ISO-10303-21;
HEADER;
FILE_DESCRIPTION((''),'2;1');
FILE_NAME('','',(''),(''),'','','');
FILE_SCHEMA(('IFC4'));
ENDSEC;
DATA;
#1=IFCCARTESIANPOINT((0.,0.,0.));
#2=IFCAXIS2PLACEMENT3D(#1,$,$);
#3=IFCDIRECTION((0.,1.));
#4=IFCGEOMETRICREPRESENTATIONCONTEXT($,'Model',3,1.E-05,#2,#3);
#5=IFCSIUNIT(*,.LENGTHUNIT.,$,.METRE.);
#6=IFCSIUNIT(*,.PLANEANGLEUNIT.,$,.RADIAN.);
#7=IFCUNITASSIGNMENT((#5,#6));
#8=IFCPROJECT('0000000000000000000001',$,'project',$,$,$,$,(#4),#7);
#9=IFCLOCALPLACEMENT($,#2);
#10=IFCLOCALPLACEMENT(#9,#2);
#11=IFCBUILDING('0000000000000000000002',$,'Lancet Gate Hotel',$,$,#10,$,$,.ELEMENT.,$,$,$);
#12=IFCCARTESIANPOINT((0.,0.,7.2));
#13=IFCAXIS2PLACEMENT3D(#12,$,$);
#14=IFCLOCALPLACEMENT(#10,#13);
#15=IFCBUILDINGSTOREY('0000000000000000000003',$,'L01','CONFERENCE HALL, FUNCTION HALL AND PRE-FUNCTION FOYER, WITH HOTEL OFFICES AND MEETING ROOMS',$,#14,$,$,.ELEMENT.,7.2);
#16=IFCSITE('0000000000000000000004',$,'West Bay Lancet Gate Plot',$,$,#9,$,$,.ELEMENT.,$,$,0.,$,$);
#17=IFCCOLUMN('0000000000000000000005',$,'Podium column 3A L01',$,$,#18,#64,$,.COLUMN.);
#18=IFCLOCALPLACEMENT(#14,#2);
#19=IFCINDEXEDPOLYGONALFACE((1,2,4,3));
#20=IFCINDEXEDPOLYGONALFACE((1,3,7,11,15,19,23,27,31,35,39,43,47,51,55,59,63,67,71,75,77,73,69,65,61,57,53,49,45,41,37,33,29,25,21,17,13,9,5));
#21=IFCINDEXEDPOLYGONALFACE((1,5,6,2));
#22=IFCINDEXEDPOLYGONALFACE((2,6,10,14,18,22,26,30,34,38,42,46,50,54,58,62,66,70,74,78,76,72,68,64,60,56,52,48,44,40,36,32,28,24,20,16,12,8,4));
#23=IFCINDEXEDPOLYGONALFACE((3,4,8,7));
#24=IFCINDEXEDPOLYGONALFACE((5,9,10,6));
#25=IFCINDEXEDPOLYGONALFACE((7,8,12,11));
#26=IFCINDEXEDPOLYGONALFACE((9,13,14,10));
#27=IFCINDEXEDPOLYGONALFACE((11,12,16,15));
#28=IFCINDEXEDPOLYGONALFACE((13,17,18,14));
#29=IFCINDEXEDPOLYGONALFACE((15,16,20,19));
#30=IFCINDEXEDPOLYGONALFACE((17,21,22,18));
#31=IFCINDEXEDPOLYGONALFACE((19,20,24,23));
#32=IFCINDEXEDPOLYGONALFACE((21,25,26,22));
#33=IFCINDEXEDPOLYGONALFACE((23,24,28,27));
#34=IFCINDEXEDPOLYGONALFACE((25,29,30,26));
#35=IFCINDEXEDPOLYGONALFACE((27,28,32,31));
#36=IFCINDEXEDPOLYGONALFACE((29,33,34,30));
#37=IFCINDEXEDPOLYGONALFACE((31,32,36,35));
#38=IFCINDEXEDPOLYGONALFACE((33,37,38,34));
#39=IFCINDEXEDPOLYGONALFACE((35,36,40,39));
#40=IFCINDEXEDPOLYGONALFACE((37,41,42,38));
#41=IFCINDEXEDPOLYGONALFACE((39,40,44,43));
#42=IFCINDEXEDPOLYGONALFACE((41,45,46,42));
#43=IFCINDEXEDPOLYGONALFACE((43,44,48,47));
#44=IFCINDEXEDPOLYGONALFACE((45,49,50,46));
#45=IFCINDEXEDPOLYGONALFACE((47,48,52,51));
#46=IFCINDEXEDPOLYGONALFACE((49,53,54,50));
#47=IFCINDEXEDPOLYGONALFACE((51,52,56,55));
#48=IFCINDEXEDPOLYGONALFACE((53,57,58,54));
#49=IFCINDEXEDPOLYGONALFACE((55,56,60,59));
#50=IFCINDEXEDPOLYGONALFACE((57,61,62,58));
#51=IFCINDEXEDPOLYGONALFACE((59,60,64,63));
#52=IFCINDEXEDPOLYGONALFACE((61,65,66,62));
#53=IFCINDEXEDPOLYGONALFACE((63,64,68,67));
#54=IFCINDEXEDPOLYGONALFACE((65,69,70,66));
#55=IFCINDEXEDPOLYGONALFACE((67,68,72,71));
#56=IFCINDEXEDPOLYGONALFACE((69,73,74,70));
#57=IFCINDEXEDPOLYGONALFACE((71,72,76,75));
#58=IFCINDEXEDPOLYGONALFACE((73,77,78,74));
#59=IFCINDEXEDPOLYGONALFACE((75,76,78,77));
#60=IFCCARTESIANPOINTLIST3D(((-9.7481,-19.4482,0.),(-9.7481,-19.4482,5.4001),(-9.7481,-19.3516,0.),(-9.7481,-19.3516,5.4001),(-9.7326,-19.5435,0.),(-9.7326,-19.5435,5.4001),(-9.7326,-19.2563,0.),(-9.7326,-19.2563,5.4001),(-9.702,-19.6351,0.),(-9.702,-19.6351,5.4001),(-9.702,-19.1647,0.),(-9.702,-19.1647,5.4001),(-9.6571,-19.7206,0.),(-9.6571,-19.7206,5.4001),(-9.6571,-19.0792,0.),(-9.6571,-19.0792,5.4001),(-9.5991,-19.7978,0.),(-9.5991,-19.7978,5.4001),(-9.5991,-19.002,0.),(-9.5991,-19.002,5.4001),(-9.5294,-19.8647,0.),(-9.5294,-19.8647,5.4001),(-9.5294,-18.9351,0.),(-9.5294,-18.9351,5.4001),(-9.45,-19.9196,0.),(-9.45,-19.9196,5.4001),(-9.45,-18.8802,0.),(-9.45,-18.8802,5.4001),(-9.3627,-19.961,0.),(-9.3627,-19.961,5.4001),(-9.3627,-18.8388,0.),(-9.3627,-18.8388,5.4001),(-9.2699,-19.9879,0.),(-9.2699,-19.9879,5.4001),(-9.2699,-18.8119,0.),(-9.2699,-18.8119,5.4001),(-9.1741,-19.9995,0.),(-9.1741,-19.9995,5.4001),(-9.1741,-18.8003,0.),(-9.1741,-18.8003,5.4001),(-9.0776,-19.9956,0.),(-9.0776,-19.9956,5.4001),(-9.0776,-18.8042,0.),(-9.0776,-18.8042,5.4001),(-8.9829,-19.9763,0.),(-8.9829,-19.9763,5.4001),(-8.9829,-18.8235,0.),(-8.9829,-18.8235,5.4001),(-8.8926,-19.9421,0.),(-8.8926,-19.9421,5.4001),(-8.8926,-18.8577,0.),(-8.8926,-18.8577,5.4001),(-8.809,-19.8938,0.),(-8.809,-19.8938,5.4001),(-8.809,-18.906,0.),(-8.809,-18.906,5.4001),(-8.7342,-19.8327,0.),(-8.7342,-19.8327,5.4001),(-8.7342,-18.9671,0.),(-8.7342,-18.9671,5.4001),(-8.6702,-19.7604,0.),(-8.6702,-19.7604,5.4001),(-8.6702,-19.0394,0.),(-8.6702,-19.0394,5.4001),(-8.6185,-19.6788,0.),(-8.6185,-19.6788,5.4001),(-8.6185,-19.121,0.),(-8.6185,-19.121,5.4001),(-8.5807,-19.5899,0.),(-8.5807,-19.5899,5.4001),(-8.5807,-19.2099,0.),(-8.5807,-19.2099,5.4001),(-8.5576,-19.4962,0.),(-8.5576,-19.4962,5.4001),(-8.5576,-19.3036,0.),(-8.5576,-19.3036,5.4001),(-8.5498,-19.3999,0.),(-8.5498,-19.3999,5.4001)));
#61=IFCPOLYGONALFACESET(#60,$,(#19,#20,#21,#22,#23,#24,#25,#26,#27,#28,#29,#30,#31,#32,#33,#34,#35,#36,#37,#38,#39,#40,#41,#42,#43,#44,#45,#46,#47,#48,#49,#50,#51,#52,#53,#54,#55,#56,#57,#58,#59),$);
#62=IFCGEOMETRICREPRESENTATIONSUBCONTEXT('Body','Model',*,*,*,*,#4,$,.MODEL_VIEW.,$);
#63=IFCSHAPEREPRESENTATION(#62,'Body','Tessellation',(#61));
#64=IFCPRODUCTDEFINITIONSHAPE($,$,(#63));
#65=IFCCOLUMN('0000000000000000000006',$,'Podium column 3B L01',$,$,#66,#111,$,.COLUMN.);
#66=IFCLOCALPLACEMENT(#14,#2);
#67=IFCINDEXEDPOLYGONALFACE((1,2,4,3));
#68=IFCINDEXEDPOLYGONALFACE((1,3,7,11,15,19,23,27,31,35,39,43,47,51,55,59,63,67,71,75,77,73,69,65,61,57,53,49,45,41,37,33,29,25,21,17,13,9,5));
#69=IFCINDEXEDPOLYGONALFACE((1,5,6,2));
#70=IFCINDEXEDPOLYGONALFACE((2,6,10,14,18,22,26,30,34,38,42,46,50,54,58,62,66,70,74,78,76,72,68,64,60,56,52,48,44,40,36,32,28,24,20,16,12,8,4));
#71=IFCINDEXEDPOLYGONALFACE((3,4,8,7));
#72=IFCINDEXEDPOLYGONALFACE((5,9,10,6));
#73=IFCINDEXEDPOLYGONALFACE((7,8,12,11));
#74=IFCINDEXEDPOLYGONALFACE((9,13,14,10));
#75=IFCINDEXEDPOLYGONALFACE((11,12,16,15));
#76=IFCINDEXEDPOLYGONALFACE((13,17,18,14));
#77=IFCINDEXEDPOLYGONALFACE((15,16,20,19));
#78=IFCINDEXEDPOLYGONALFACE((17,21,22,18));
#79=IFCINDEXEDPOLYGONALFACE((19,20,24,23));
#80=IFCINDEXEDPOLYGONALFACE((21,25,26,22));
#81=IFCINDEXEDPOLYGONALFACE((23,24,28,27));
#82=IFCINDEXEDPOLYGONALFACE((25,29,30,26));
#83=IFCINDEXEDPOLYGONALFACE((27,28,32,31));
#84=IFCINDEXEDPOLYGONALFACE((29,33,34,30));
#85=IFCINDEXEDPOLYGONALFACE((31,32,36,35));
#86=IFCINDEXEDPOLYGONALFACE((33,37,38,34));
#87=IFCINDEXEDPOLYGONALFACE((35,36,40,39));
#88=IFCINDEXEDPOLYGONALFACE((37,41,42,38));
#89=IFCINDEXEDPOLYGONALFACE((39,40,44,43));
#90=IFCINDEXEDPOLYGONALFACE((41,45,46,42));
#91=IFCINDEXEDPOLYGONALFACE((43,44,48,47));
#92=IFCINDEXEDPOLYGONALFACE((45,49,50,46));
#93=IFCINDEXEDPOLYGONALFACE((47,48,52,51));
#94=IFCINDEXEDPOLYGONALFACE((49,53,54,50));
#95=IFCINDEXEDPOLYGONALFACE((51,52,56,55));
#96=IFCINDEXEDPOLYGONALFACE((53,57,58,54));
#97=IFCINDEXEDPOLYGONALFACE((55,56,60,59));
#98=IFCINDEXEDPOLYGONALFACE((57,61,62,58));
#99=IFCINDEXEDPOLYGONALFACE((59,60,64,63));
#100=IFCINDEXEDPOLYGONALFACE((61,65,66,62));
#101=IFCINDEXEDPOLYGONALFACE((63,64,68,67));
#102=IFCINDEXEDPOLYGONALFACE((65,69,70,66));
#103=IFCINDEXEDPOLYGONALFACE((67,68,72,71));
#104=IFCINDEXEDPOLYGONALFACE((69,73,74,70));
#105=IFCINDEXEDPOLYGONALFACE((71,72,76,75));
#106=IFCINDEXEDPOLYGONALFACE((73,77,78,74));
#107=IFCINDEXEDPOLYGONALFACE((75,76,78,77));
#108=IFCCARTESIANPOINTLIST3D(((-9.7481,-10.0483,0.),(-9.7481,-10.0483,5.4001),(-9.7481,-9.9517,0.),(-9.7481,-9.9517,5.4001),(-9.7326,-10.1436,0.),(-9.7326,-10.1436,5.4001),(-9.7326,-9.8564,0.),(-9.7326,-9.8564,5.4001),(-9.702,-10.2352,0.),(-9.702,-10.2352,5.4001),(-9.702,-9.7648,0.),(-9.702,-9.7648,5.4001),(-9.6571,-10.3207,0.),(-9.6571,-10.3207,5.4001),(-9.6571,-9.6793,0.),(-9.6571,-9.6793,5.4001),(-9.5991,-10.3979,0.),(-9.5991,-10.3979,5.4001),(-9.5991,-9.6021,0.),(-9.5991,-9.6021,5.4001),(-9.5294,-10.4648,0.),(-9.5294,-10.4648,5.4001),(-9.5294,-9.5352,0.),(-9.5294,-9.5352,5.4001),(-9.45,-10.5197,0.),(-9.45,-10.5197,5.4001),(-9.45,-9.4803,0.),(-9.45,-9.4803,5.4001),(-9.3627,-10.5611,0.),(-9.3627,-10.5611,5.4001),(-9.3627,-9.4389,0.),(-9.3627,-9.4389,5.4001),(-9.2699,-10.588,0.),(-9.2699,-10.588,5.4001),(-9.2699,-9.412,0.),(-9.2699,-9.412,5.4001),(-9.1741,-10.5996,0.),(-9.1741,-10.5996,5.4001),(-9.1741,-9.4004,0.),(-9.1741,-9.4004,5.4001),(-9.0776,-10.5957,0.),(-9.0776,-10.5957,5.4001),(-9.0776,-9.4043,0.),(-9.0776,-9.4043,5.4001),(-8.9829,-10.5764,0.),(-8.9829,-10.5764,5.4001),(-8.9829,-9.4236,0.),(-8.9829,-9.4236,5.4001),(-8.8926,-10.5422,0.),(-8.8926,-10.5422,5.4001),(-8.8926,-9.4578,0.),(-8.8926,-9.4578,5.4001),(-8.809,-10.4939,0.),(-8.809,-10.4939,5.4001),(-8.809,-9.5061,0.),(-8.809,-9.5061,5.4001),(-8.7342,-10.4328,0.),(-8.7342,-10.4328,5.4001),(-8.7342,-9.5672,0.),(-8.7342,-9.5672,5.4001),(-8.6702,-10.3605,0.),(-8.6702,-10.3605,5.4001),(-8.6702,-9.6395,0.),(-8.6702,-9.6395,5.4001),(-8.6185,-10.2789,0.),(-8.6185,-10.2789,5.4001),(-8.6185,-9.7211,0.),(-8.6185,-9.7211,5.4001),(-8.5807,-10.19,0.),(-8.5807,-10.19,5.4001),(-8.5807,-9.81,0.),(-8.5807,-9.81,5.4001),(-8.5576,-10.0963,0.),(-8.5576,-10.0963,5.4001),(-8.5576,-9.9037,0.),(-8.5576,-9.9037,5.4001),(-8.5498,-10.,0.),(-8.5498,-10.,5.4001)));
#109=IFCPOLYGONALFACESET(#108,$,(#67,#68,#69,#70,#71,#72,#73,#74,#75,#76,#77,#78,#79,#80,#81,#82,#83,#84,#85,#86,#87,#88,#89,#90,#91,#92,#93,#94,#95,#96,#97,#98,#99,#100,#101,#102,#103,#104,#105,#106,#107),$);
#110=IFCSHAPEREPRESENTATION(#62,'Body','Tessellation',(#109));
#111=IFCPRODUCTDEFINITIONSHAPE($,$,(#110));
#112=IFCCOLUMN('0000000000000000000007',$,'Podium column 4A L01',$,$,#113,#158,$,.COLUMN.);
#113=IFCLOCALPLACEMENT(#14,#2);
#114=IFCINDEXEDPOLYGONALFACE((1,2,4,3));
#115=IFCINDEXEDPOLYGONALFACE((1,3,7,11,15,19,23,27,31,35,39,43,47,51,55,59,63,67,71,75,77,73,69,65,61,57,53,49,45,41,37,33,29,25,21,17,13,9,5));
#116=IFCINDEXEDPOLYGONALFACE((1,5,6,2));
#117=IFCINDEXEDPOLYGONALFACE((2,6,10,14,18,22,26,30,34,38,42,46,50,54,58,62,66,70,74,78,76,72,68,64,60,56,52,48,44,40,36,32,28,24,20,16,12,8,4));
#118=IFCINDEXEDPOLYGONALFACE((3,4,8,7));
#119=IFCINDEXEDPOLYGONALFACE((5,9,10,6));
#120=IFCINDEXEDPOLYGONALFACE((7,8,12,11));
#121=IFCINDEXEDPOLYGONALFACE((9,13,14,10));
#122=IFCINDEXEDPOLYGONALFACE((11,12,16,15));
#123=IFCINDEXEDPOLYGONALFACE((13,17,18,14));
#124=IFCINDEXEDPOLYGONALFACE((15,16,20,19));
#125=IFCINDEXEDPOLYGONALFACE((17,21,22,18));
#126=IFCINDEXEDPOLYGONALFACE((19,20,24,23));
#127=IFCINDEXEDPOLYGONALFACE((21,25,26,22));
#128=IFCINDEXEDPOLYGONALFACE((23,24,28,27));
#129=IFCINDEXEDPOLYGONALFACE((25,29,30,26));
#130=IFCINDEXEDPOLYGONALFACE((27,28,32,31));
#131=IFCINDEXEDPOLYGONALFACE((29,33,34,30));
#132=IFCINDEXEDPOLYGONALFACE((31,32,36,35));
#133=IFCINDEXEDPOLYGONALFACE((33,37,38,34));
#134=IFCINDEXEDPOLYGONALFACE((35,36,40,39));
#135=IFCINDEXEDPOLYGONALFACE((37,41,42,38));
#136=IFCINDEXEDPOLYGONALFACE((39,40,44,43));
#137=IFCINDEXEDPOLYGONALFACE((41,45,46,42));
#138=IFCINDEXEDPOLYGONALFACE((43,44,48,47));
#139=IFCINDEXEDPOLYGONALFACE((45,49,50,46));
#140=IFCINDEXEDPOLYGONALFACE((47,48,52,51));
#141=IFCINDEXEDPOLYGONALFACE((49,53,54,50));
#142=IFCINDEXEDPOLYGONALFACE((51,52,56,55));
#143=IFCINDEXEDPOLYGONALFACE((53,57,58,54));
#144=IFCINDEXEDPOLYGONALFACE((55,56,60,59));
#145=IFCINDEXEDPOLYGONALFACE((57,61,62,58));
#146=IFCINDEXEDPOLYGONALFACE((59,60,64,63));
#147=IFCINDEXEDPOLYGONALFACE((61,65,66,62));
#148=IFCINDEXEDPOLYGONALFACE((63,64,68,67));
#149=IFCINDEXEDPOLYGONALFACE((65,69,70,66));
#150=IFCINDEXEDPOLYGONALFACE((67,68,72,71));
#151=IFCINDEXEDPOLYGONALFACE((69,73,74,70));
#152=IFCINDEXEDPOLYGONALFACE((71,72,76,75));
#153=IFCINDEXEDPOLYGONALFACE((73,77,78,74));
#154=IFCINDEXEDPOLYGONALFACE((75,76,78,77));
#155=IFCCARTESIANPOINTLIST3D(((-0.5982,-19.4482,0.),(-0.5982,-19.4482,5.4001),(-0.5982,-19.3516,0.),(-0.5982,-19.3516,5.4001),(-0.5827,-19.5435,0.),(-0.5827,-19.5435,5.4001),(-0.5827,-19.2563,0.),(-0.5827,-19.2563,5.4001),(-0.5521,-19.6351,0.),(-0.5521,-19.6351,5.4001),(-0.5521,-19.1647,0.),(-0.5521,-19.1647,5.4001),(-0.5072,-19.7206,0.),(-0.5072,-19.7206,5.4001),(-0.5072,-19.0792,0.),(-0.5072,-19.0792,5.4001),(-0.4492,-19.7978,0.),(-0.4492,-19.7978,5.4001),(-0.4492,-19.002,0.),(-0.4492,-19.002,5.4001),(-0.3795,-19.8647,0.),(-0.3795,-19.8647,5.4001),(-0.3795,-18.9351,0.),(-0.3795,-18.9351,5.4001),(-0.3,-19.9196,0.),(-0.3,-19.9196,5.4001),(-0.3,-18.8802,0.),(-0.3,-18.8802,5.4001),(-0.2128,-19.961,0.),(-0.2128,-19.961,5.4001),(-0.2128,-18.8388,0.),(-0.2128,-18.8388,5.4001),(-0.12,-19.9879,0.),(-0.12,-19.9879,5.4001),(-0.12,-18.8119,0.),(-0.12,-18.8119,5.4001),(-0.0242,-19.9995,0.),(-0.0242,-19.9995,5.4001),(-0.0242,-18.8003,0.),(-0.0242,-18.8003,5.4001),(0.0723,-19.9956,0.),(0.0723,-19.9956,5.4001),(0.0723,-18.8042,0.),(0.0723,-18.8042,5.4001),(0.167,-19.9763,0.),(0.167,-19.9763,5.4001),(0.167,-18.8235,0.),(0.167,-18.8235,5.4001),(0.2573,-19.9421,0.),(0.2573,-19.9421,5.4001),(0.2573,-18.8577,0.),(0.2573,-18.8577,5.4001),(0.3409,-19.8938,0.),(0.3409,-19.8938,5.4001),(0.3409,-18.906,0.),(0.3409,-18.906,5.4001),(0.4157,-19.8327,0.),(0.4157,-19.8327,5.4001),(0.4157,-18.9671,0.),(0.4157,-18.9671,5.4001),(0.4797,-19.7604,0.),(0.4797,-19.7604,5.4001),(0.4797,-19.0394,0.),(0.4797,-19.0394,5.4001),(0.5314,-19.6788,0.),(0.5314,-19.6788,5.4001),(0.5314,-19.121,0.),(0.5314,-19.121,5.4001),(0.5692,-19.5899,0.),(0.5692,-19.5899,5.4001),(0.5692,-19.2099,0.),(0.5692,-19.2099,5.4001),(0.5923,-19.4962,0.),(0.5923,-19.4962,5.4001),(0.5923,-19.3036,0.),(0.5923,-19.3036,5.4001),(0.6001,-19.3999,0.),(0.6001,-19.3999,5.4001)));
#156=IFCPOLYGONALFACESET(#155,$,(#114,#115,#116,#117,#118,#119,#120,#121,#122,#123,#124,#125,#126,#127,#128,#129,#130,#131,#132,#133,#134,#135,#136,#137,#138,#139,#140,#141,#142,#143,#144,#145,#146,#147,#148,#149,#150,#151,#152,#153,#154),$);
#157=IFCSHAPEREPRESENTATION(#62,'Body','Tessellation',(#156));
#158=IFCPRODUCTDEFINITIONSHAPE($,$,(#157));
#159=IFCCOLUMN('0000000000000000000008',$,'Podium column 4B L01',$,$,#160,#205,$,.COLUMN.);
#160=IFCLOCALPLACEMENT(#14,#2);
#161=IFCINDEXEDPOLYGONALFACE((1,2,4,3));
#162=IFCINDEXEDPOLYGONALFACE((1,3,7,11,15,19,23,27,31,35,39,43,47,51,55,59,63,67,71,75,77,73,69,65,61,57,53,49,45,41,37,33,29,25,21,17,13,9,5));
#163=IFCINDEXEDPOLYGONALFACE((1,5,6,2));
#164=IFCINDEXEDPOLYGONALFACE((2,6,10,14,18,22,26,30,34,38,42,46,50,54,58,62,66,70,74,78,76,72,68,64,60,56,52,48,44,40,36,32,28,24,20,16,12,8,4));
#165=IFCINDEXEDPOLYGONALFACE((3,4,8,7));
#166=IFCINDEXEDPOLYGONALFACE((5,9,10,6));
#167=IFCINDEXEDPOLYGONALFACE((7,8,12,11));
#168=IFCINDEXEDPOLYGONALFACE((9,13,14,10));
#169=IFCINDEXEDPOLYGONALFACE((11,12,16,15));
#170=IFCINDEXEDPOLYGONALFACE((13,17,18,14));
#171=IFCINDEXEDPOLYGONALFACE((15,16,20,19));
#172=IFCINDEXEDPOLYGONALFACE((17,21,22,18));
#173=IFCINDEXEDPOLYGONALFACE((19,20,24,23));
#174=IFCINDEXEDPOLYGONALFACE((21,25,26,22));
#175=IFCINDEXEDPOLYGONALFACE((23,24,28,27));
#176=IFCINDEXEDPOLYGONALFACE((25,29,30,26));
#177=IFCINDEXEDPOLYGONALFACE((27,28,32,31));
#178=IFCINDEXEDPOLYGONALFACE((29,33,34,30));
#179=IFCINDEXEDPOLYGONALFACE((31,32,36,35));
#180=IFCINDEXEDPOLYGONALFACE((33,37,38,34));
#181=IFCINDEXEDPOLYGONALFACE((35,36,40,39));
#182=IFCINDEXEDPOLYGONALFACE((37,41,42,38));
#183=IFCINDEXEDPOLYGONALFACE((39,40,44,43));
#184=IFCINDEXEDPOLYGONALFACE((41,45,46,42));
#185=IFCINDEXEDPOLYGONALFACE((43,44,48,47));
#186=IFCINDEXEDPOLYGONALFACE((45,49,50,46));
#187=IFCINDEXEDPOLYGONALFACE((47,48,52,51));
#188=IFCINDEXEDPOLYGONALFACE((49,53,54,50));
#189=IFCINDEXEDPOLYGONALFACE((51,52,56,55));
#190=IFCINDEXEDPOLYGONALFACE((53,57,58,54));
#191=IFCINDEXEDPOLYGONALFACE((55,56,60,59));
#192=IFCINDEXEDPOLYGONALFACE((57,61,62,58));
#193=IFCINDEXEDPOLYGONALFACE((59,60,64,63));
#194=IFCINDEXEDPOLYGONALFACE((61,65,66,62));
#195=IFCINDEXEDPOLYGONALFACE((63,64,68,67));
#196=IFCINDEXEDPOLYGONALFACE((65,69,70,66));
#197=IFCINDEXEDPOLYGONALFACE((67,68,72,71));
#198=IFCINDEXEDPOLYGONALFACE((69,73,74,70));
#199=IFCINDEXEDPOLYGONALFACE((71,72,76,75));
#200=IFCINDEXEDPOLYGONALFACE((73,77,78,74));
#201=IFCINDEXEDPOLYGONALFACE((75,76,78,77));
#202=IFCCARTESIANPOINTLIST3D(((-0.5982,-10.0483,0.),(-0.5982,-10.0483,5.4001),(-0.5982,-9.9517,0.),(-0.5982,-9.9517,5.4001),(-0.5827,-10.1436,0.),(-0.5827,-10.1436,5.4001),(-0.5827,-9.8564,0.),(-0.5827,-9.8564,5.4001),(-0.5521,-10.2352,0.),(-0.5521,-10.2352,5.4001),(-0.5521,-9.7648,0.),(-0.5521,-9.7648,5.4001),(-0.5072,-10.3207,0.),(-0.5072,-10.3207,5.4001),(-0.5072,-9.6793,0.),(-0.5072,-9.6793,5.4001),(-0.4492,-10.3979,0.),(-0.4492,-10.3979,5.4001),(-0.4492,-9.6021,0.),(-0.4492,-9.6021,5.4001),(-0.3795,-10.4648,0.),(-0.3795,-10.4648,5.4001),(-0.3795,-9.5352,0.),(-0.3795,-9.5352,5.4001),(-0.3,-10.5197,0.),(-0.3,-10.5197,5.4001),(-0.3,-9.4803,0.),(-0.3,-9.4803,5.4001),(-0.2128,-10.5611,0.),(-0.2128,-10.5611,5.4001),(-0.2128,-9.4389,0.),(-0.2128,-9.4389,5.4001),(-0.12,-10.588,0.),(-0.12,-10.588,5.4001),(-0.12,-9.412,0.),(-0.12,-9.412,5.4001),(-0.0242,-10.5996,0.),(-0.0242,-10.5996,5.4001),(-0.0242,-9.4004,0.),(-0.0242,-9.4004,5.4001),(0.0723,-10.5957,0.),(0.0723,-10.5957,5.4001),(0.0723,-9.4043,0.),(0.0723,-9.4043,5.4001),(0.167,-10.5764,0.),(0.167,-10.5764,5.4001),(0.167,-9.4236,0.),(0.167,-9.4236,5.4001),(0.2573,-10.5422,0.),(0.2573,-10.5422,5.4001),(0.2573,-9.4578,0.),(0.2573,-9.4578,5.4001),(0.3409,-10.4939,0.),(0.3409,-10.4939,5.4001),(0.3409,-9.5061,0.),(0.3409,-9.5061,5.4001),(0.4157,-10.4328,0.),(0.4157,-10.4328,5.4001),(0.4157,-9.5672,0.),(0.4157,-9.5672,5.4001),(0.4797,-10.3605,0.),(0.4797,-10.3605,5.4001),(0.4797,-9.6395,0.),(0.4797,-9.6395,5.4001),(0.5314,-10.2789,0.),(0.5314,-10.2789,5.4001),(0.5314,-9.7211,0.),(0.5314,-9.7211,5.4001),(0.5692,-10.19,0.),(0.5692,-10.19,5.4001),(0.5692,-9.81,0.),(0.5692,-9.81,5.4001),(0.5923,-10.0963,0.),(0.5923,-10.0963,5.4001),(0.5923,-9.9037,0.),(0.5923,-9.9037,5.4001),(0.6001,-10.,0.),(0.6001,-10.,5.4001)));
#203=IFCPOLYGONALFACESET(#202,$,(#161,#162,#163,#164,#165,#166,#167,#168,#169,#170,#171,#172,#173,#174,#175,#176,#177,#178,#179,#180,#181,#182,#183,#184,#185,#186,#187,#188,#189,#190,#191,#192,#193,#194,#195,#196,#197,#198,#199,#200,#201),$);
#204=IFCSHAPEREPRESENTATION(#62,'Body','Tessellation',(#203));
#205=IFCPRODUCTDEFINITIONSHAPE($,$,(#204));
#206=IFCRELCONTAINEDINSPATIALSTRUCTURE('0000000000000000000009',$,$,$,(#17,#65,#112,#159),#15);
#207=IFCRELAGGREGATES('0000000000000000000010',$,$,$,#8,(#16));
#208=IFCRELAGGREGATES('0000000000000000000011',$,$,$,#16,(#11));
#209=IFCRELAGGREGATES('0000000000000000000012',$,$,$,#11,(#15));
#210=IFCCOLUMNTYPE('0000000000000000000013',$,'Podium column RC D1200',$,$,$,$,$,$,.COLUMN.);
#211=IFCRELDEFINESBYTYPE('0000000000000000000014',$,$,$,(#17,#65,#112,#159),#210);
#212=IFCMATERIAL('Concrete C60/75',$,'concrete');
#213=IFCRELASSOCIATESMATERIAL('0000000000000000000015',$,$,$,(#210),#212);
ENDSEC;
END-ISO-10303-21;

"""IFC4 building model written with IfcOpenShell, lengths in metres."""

from ifc_helpers import new_model, si_unit, direction, frame, origin, origin_2d, place, context, subcontext, project, spatial, circle, extrude, material, material_profile, profile_set, type_object, element, save


model = new_model("IFC4")

# Units and contexts
model_context = context("Model", 3, precision=1e-05, world=origin(), true_north=direction((0.0, 1.0)))
body_context = subcontext(model_context, "Body", "Model", "MODEL_VIEW")
ifc_project = project(units=[si_unit("LENGTHUNIT", "METRE"), si_unit("PLANEANGLEUNIT", "RADIAN")], contexts=[model_context])

# Site, building, storey
site_placement = place(None, origin())
site = spatial("IfcSite", under=ifc_project, at=site_placement, Name="West Bay Lancet Gate Plot", CompositionType="ELEMENT", RefElevation=0.0)
building_placement = place(site_placement, origin())
building = spatial("IfcBuilding", under=site, at=building_placement, Name="Lancet Gate Hotel", CompositionType="ELEMENT")
storey_placement = place(building_placement, frame((0.0, 0.0, 7.2)))
storey = spatial("IfcBuildingStorey", under=building, at=storey_placement, Name="L01", Description="CONFERENCE HALL, FUNCTION HALL AND PRE-FUNCTION FOYER, WITH HOTEL OFFICES AND MEETING ROOMS", CompositionType="ELEMENT", Elevation=7.2)

# Columns
ifc_material_1 = material(Name="Concrete C60/75", Category="concrete")
ifc_material_profile_1 = material_profile(ifc_material_1, circle(Radius=0.6001, at=origin_2d()), Name="RC D1200")
ifc_profile_set_1 = profile_set([ifc_material_profile_1], Name="Concrete C60/75")
column_type = type_object("IfcColumnType", Name="Podium column RC D1200", PredefinedType="COLUMN", material=ifc_profile_set_1)
for number, where, z_axis, x_axis, name in (
    (1, (-9.1499, -19.3999, 0.0), (0.0, 0.0, 1.0), (1.0, 0.0, 0.0), "Podium column 3A L01"),
    (2, (-9.1499, -10.0, 0.0), (0.0, 0.0, 1.0), (1.0, 0.0, 0.0), "Podium column 3B L01"),
    (3, (0.0, -19.3999, 0.0), (0.0, 0.0, 1.0), (1.0, 0.0, 0.0), "Podium column 4A L01"),
    (4, (0.0, -10.0, 0.0), (0.0, 0.0, 1.0), (1.0, 0.0, 0.0), "Podium column 4B L01"),
):
    element("IfcColumn", number, at=place(storey_placement, frame(where, z_axis=z_axis, x_axis=x_axis)), inside=storey, type_object=column_type, Name=name, PredefinedType="COLUMN", context=body_context, shape_type="SweptSolid", body=[
        extrude(circle(Radius=0.6001, at=origin_2d()), origin(), (0.0, 0.0, 1.0), 5.4001),
    ])

save(model, "model.ifc")
